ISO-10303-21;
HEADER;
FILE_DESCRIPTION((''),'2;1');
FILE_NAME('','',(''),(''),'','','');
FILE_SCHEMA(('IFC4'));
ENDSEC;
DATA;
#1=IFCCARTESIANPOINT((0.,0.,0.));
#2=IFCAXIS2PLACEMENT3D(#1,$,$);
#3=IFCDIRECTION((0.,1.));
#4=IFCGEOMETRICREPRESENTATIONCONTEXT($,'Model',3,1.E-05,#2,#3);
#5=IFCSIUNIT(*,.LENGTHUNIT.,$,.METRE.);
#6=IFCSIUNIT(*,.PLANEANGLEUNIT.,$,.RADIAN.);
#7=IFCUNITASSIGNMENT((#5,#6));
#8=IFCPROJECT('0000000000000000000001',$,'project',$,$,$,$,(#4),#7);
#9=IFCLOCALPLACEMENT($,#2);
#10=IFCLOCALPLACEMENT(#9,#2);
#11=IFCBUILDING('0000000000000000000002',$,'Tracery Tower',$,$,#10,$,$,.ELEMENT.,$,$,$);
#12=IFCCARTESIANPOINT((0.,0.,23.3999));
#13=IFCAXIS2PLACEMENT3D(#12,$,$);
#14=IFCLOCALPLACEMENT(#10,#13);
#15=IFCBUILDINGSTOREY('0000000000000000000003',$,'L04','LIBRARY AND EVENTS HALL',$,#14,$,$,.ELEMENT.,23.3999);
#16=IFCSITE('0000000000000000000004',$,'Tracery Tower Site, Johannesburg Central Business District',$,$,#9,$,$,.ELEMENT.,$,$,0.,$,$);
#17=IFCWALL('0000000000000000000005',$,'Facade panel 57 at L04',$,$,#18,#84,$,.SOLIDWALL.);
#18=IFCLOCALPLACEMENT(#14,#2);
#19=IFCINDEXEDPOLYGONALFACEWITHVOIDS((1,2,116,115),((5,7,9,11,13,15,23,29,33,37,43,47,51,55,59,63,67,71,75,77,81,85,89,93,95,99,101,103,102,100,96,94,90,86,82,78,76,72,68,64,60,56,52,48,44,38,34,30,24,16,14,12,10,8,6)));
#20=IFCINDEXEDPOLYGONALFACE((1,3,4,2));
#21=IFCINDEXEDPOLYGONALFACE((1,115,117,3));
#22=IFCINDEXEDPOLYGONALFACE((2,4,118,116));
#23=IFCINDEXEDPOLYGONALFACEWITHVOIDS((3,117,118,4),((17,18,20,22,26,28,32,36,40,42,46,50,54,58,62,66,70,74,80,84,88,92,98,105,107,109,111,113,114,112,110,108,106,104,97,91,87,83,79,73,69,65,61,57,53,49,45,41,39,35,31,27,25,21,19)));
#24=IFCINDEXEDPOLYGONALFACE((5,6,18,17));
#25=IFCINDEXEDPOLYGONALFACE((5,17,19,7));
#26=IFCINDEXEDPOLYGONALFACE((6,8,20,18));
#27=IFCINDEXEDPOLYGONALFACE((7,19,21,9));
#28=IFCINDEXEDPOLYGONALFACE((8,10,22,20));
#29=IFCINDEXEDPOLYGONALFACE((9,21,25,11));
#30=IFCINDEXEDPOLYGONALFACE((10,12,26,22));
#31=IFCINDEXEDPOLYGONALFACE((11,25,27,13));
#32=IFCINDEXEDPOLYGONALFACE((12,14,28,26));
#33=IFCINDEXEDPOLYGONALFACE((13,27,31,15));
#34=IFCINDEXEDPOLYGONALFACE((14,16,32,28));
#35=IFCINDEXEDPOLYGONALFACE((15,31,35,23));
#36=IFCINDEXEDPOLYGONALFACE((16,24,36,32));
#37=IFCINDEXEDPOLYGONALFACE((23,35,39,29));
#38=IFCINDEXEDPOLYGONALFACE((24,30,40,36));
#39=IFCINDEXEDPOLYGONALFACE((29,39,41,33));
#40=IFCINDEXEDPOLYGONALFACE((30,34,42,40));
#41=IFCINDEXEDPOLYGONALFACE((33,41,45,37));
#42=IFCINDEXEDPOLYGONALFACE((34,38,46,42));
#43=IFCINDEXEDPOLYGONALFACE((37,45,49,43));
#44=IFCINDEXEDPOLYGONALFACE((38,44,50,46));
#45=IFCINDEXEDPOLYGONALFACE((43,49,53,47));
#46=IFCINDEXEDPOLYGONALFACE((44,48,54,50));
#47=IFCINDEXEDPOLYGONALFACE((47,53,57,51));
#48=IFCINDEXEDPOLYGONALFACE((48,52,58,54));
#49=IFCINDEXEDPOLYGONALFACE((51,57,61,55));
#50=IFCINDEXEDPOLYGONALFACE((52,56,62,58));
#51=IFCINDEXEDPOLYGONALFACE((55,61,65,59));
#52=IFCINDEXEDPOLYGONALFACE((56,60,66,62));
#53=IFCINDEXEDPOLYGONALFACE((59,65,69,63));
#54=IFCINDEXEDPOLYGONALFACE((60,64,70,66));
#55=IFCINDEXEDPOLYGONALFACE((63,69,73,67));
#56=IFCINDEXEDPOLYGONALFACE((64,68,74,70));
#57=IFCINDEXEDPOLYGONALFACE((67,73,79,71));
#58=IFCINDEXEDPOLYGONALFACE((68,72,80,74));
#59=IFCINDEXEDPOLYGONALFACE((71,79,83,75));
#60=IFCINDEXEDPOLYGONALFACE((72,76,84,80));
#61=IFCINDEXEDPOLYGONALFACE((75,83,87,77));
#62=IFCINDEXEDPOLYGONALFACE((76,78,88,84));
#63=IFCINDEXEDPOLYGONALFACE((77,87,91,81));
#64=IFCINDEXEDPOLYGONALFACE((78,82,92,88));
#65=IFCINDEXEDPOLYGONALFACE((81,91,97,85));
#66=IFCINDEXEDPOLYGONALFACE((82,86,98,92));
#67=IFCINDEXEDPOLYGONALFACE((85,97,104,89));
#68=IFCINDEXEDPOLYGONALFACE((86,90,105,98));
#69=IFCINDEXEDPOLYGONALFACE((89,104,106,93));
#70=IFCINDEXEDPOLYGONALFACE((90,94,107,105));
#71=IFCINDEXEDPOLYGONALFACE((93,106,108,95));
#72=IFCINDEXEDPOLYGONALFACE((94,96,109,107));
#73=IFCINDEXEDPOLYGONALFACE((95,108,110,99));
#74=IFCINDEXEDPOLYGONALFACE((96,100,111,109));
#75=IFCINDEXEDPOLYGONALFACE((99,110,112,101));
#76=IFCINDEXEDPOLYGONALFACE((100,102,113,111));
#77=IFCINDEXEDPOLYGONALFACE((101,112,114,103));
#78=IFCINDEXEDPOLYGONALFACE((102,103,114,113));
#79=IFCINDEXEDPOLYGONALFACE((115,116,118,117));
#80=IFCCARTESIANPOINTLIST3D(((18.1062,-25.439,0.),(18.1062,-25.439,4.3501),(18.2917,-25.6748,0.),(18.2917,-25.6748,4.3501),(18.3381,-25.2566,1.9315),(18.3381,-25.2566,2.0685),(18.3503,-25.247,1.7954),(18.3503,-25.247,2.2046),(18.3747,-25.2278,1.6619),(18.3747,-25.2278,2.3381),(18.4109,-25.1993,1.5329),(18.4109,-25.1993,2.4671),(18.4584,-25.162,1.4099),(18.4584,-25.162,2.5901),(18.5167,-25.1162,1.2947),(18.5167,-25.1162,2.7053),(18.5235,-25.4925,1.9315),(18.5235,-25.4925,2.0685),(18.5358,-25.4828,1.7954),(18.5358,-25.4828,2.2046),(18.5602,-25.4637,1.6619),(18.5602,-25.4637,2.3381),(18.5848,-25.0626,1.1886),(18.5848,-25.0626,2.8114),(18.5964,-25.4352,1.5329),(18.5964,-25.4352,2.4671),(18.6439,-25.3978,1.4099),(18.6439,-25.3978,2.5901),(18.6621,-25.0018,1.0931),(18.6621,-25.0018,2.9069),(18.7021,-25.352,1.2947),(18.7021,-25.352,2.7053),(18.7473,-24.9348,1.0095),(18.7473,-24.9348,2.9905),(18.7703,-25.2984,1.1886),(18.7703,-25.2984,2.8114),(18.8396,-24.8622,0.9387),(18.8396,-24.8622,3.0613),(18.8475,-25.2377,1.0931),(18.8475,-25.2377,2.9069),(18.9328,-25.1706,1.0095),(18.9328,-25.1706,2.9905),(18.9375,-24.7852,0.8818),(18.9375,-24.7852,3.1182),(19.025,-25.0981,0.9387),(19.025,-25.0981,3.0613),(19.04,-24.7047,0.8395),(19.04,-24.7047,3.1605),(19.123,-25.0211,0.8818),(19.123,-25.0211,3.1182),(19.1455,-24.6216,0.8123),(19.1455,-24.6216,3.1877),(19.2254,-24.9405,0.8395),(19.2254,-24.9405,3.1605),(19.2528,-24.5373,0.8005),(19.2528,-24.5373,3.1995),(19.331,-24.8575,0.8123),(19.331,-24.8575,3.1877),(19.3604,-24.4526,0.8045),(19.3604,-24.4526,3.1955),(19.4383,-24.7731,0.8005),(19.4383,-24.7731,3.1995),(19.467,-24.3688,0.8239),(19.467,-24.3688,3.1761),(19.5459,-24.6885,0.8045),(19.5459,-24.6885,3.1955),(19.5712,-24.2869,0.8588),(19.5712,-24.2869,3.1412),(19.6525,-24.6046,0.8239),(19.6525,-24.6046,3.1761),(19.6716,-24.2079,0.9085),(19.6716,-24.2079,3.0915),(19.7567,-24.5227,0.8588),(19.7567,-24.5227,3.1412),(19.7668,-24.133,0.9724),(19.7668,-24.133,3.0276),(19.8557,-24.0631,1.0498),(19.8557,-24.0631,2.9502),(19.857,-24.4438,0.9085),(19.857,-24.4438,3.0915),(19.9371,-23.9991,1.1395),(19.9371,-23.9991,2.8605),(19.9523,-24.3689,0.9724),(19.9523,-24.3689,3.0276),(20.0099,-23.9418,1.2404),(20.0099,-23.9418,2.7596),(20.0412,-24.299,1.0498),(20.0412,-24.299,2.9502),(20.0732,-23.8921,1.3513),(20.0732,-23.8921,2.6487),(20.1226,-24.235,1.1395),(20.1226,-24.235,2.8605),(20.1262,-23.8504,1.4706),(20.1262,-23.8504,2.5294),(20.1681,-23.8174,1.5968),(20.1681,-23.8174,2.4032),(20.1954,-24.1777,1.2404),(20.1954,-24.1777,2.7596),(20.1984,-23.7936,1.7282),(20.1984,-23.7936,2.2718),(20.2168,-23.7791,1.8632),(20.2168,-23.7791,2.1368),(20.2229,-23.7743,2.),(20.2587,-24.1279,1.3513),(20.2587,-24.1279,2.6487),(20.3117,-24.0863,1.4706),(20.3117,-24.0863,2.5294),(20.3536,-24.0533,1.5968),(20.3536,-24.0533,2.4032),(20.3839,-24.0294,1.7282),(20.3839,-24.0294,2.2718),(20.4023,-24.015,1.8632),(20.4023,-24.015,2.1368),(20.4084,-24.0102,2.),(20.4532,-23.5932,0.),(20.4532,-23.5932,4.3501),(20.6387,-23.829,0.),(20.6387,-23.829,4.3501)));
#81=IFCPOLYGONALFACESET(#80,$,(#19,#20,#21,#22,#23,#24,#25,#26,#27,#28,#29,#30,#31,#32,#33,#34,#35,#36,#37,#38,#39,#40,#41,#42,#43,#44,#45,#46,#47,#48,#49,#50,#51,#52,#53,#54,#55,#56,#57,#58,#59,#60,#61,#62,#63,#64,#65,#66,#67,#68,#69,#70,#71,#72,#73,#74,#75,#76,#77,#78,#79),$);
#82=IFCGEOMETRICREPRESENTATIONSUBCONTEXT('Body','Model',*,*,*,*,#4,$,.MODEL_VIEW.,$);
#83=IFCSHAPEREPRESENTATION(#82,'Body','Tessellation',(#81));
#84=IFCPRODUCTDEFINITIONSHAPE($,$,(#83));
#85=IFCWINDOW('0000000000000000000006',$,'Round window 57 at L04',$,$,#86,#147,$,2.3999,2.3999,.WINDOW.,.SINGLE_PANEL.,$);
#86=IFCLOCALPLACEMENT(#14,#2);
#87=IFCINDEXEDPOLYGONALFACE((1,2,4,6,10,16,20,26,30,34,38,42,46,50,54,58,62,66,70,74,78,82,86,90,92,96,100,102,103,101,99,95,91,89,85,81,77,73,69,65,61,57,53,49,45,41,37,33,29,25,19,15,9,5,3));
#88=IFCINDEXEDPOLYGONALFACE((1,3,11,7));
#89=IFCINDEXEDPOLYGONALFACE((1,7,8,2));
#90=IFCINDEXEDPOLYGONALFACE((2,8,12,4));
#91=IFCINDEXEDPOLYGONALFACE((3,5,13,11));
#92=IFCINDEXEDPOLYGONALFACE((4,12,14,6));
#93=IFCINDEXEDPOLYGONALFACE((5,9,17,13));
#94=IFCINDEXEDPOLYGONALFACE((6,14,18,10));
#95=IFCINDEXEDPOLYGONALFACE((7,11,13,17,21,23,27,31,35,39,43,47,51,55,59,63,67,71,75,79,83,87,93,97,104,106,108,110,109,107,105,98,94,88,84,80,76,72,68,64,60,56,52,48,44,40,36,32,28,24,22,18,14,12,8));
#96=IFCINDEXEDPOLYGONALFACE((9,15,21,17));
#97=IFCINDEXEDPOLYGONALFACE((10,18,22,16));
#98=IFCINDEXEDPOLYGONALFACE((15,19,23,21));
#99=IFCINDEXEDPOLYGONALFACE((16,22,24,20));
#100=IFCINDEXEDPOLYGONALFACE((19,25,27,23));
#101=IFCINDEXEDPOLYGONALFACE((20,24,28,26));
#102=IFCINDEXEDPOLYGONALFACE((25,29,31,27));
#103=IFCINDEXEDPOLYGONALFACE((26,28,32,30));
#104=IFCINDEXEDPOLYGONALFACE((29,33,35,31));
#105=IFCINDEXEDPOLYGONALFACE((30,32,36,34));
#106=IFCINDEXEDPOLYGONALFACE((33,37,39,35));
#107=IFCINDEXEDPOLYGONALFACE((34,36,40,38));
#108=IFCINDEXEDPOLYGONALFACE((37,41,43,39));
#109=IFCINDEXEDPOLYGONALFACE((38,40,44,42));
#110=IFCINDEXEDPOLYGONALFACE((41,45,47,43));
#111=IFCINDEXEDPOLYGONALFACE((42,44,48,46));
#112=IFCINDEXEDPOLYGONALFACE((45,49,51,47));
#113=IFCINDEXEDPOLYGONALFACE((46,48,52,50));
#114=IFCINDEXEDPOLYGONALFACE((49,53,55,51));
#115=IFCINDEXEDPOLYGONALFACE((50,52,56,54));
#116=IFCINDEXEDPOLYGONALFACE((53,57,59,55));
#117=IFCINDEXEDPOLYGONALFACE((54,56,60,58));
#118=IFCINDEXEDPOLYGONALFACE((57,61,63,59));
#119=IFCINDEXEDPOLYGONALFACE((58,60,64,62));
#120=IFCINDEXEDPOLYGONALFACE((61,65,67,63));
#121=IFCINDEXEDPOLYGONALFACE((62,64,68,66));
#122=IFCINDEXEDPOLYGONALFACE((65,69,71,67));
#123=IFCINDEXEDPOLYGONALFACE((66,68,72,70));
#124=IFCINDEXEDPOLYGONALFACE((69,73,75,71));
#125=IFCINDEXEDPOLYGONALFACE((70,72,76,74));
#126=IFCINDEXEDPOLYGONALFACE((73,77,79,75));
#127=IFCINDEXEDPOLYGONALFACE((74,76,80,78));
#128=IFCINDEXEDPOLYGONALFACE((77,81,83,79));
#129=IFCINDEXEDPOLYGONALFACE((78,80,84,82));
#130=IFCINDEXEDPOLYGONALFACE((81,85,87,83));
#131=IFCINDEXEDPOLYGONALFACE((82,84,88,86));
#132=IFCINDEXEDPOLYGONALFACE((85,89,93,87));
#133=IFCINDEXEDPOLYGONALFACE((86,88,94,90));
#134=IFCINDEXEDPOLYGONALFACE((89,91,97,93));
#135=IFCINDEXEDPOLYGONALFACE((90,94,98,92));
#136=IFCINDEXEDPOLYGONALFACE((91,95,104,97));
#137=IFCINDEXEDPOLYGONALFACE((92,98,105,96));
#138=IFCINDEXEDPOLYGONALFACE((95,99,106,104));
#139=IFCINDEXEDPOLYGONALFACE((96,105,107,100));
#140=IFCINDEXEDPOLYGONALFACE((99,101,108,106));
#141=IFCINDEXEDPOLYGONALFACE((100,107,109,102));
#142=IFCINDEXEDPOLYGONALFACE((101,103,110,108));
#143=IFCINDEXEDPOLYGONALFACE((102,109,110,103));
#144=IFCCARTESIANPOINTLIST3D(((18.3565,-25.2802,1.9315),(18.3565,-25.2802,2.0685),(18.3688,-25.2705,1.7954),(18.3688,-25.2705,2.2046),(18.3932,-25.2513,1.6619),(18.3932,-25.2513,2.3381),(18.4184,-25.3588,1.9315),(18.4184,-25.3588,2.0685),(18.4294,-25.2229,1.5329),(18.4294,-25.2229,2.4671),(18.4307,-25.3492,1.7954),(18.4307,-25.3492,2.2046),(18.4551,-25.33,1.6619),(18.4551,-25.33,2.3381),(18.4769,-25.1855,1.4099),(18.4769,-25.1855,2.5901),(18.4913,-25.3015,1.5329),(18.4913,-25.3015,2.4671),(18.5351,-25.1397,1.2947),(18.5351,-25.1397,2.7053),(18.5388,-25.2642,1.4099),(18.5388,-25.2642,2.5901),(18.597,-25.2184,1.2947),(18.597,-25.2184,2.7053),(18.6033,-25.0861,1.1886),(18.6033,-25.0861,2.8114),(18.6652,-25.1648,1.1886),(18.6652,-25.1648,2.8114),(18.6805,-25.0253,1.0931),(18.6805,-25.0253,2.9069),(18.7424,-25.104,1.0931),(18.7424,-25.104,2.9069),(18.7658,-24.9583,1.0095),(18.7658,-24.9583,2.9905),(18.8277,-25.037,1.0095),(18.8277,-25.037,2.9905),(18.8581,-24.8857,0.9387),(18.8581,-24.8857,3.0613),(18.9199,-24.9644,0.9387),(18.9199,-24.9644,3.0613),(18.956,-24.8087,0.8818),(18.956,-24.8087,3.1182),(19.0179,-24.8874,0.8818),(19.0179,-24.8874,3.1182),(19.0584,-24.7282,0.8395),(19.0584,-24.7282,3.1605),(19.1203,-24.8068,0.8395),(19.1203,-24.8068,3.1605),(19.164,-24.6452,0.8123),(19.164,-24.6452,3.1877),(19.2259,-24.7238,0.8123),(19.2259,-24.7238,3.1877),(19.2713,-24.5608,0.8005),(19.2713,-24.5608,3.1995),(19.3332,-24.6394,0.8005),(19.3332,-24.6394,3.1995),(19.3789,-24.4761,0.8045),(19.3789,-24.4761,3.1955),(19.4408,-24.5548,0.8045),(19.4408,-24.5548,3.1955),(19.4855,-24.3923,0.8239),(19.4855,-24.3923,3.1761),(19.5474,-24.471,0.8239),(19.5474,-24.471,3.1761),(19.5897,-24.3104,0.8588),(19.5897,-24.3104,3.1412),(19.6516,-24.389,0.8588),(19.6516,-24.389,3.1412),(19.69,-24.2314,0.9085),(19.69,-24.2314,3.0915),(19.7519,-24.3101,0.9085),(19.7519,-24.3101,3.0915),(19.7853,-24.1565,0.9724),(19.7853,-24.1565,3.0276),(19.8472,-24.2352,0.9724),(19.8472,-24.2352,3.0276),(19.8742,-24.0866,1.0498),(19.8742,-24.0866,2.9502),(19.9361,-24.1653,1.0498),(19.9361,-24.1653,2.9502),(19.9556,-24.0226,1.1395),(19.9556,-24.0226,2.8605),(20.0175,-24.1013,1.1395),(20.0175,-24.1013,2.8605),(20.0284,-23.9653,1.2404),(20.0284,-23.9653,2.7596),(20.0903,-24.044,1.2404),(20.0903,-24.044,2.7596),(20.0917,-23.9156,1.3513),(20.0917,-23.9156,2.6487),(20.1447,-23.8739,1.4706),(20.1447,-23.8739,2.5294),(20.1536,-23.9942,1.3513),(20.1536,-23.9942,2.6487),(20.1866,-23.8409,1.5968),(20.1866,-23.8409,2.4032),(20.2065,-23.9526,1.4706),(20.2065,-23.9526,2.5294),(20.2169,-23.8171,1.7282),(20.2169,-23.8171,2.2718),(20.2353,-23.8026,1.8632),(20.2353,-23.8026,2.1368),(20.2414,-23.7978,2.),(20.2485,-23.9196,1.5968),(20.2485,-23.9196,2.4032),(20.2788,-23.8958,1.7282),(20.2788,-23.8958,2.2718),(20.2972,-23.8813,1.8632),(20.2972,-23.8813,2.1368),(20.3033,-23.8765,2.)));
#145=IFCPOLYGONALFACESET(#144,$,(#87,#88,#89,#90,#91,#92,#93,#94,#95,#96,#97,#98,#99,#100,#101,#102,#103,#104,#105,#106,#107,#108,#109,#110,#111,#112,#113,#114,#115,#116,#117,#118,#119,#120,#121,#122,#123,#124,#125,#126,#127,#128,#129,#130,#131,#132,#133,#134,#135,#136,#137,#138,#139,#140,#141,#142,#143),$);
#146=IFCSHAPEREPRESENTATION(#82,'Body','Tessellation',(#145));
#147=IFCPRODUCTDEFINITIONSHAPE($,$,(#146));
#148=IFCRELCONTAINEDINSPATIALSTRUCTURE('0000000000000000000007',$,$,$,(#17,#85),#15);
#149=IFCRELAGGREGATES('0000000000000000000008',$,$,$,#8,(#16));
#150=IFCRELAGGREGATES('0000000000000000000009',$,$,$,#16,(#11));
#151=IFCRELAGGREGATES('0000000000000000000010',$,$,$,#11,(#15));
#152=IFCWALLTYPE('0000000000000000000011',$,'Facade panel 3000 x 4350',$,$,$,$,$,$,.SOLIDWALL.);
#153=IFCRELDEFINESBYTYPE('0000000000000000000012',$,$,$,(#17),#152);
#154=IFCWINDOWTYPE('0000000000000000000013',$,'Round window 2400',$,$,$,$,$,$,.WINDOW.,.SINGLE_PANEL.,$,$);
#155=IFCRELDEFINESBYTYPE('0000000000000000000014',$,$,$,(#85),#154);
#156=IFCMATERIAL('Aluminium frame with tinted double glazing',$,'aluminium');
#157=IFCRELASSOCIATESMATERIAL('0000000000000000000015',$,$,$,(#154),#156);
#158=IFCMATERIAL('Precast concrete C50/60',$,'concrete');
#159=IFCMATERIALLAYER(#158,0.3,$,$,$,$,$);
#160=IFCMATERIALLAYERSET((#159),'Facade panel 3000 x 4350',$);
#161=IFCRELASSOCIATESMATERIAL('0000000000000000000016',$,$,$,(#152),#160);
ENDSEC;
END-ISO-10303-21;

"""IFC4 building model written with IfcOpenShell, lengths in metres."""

from ifc_helpers import new_model, si_unit, direction, frame, frame_2d, origin, origin_2d, place, context, subcontext, project, spatial, rectangle, circle, extrude, material, layer, layer_set, type_object, element, fill, save


model = new_model("IFC4")

# Units and contexts
model_context = context("Model", 3, precision=1e-05, world=origin(), true_north=direction((0.0, 1.0)))
body_context = subcontext(model_context, "Body", "Model", "MODEL_VIEW")
ifc_project = project(units=[si_unit("LENGTHUNIT", "METRE"), si_unit("PLANEANGLEUNIT", "RADIAN")], contexts=[model_context])

# Site, building, storey
site_placement = place(None, origin())
site = spatial("IfcSite", under=ifc_project, at=site_placement, Name="Tracery Tower Site, Johannesburg Central Business District", CompositionType="ELEMENT", RefElevation=0.0)
building_placement = place(site_placement, origin())
building = spatial("IfcBuilding", under=site, at=building_placement, Name="Tracery Tower", CompositionType="ELEMENT")
storey_placement = place(building_placement, frame((0.0, 0.0, 23.3999)))
storey = spatial("IfcBuildingStorey", under=building, at=storey_placement, Name="L04", Description="LIBRARY AND EVENTS HALL", CompositionType="ELEMENT", Elevation=23.3999)

# Wall, opening, window
ifc_material_1 = material(Name="Aluminium frame with tinted double glazing", Category="aluminium")
window_type = type_object("IfcWindowType", Name="Round window 2400", PartitioningType="SINGLE_PANEL", PredefinedType="WINDOW", material=ifc_material_1)
ifc_material_2 = material(Name="Precast concrete C50/60", Category="concrete")
ifc_layer_1 = layer(ifc_material_2, 0.3)
ifc_layer_set_1 = layer_set([ifc_layer_1], Name="Facade panel 3000 x 4350")
wall_type_1 = type_object("IfcWallType", Name="Facade panel 3000 x 4350", PredefinedType="SOLIDWALL", material=ifc_layer_set_1)
wall_1_placement = place(storey_placement, frame((18.199, -25.5569, 0.0), z_axis=(0.0, 0.0, 1.0), x_axis=(0.786043, 0.618172, 0.0)))
wall_1 = element("IfcWall", 1, at=wall_1_placement, inside=storey, type_object=wall_type_1, Name="Facade panel 57 at L04", PredefinedType="SOLIDWALL", context=body_context, shape_type="SweptSolid", body=[
    extrude(rectangle(XDim=2.9858, YDim=0.3, at=frame_2d((1.4929, 0.0))), origin(), (0.0, 0.0, 1.0), 4.3501),
])
opening_1_placement = place(wall_1_placement, frame((1.4929, 0.0, 2.0)))
opening_1 = element("IfcOpeningElement", 2, at=opening_1_placement, cuts=wall_1, PredefinedType="OPENING", context=body_context, shape_type="SweptSolid", body=[
    extrude(circle(Radius=1.2, at=origin_2d()), frame((0.0, 0.1599, 0.0), z_axis=(0.0, -1.0, 0.0), x_axis=(1.0, 0.0, 0.0)), (0.0, 0.0, 1.0), 0.3201),
])
window_1_placement = place(opening_1_placement, origin())
window_1 = element("IfcWindow", 3, at=window_1_placement, inside=storey, type_object=window_type, Name="Round window 57 at L04", OverallHeight=2.3999, OverallWidth=2.3999, PartitioningType="SINGLE_PANEL", PredefinedType="WINDOW", context=body_context, shape_type="SweptSolid", body=[
    extrude(circle(Radius=1.2, at=origin_2d()), frame((0.0, 0.1201, 0.0), z_axis=(0.0, -1.0, 0.0), x_axis=(1.0, 0.0, 0.0)), (0.0, 0.0, 1.0), 0.1001),
])
fill(opening_1, window_1)

save(model, "model.ifc")
